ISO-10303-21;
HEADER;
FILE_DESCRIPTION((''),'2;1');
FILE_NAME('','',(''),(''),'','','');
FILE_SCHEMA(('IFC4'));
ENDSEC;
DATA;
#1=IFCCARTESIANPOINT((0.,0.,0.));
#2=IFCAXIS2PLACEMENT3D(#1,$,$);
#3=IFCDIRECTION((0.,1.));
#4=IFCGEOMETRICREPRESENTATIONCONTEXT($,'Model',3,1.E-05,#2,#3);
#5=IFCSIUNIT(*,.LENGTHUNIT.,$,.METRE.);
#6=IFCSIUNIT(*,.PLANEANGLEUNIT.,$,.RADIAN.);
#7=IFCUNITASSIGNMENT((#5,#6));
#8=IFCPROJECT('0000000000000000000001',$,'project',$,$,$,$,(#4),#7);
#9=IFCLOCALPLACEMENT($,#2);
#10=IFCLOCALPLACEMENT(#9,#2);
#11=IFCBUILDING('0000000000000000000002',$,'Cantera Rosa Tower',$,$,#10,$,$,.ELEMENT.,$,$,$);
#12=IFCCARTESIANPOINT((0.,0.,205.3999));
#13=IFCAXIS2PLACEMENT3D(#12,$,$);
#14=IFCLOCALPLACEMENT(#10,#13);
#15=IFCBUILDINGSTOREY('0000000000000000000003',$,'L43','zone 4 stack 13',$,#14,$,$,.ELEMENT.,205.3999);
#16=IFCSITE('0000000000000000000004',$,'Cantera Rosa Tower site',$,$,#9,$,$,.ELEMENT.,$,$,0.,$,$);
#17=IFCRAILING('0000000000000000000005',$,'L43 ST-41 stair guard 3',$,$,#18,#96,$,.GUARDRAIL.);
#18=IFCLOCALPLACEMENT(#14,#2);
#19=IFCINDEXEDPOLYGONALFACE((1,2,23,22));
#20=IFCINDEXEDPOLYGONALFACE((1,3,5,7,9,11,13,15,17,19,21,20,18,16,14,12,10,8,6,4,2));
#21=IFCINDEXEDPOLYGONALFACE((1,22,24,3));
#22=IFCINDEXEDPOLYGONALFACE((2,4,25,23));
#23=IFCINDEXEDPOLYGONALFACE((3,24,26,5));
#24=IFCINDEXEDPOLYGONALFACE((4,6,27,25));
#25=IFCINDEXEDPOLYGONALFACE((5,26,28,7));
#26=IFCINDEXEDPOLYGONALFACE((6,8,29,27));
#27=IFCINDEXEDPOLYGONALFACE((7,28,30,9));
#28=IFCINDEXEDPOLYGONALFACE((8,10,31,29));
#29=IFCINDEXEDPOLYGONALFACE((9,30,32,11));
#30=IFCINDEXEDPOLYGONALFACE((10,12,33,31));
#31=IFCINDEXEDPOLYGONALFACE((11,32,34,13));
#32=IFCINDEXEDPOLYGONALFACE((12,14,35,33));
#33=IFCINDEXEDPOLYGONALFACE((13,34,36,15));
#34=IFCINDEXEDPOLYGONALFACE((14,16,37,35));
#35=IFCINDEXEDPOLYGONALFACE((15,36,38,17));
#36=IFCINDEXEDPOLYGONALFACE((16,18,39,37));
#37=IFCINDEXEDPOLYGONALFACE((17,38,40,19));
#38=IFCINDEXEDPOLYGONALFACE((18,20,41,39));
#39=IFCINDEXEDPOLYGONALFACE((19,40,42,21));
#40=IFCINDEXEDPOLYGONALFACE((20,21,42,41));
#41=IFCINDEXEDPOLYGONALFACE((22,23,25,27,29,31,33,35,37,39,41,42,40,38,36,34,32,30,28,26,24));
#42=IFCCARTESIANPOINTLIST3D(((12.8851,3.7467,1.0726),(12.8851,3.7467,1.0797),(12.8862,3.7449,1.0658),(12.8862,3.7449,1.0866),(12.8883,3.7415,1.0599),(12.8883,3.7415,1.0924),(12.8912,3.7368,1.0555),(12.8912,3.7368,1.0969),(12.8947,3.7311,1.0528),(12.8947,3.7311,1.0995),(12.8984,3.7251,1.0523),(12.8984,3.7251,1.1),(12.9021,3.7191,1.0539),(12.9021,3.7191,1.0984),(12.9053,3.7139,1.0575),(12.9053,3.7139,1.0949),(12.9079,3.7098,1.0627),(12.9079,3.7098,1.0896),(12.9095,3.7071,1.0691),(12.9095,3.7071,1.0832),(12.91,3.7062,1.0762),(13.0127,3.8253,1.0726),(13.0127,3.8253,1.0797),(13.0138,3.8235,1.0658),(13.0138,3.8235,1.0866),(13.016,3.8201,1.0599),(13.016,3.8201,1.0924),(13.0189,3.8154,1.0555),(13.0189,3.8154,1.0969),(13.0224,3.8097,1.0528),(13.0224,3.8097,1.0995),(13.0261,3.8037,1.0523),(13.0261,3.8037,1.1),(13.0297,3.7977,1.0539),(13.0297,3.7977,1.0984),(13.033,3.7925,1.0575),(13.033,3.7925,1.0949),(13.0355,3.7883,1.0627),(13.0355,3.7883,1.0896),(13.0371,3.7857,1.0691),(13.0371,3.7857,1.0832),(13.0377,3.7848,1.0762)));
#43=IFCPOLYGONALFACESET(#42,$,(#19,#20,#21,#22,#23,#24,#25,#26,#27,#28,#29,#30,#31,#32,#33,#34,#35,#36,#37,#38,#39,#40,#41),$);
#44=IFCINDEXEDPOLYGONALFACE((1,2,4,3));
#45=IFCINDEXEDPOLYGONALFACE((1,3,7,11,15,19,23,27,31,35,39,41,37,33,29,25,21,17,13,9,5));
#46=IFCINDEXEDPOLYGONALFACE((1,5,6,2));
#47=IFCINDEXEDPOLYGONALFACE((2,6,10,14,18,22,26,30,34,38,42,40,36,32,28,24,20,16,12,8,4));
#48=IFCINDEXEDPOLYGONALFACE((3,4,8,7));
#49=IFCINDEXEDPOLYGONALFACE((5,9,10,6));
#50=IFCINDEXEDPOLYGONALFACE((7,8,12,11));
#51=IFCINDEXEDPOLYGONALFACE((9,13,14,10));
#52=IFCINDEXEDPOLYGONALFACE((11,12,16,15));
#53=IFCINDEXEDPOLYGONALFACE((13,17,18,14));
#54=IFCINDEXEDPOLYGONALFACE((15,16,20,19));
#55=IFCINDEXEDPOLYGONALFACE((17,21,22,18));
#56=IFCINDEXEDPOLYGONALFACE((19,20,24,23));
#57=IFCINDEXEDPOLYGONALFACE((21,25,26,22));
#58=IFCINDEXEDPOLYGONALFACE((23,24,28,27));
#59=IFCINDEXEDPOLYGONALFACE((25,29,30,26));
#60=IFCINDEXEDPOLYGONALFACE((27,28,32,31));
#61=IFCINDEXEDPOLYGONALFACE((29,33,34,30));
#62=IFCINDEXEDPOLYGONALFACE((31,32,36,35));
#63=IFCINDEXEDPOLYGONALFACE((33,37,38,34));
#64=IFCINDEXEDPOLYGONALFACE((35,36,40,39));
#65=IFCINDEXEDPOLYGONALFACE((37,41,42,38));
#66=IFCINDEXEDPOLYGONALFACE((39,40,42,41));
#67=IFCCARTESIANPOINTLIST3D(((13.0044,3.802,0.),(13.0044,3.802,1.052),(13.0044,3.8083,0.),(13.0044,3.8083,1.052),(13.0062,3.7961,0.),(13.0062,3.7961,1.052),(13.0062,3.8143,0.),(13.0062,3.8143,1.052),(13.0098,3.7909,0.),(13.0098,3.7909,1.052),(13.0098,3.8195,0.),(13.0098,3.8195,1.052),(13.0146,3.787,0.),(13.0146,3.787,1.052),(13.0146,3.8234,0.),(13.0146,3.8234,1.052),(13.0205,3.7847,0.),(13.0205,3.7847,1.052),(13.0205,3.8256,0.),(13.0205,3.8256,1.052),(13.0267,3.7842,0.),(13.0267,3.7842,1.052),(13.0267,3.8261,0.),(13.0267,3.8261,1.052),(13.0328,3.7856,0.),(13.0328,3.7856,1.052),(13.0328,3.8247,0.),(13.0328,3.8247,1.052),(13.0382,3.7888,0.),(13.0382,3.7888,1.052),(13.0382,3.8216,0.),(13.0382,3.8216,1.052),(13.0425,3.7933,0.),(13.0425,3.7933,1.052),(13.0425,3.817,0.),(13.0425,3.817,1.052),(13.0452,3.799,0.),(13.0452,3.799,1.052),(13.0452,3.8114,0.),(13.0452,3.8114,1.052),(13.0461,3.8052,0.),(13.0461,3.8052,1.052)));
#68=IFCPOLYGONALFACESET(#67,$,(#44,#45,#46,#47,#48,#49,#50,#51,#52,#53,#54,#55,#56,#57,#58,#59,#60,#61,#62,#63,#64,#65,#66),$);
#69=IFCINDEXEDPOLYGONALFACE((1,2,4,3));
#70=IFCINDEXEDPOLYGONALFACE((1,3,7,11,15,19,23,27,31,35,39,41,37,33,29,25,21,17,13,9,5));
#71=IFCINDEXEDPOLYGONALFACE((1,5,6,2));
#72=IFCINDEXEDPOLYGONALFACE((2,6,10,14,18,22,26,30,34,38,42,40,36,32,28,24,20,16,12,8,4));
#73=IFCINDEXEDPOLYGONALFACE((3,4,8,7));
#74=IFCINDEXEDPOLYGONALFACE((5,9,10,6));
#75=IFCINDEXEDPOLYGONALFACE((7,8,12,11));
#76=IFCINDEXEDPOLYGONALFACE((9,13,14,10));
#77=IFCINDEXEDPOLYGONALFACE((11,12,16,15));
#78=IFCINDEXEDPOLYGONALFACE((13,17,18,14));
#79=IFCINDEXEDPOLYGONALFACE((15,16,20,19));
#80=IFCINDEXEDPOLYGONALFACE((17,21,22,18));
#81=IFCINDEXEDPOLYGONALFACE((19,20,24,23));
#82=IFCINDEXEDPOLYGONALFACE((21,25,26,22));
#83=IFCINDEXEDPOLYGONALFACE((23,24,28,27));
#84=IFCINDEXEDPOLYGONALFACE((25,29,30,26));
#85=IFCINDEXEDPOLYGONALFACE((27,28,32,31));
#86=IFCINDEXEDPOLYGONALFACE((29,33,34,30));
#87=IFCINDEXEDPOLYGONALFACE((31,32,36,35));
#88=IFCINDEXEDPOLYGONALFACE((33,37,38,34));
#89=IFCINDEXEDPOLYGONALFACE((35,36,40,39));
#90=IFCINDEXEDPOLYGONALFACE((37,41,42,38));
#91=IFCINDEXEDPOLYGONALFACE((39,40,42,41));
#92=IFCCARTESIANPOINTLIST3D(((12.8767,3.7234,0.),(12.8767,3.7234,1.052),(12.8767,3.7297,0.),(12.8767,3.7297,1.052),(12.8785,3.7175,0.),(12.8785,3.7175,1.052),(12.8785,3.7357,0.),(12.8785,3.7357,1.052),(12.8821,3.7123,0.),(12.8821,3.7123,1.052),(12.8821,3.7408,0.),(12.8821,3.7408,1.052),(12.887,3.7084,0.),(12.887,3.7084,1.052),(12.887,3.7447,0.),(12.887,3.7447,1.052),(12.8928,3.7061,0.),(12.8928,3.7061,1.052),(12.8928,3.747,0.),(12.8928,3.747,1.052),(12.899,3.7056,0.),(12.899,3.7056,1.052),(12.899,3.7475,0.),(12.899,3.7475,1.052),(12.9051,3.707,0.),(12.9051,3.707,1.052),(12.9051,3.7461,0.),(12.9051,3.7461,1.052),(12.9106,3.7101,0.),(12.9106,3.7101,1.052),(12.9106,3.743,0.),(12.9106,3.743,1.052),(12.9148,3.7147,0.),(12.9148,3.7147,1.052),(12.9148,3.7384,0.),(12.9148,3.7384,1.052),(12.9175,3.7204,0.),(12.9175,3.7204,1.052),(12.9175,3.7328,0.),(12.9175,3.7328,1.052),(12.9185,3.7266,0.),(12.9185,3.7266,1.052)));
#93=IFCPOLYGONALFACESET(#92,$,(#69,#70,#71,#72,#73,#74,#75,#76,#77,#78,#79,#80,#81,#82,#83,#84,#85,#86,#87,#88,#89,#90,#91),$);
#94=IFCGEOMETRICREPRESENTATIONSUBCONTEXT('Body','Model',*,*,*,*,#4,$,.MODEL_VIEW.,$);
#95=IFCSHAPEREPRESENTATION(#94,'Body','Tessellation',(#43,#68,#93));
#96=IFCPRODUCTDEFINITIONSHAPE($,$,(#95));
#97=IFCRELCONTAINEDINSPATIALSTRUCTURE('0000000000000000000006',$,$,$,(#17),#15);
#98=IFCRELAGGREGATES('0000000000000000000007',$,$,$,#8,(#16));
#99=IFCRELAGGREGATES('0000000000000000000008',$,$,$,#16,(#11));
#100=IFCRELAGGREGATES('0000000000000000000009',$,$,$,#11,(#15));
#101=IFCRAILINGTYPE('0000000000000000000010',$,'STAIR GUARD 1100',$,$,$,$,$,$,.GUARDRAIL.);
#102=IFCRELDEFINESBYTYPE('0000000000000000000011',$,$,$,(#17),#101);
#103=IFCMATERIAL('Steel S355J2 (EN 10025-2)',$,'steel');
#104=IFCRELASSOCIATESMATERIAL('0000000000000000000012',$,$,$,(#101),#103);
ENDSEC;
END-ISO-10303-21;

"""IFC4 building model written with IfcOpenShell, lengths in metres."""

from ifc_helpers import new_model, si_unit, direction, frame, origin, origin_2d, place, context, subcontext, project, spatial, circle, extrude, material, type_object, element, save


model = new_model("IFC4")

# Units and contexts
model_context = context("Model", 3, precision=1e-05, world=origin(), true_north=direction((0.0, 1.0)))
body_context = subcontext(model_context, "Body", "Model", "MODEL_VIEW")
ifc_project = project(units=[si_unit("LENGTHUNIT", "METRE"), si_unit("PLANEANGLEUNIT", "RADIAN")], contexts=[model_context])

# Site, building, storey
site_placement = place(None, origin())
site = spatial("IfcSite", under=ifc_project, at=site_placement, Name="Cantera Rosa Tower site", CompositionType="ELEMENT", RefElevation=0.0)
building_placement = place(site_placement, origin())
building = spatial("IfcBuilding", under=site, at=building_placement, Name="Cantera Rosa Tower", CompositionType="ELEMENT")
storey_placement = place(building_placement, frame((0.0, 0.0, 205.3999)))
storey = spatial("IfcBuildingStorey", under=building, at=storey_placement, Name="L43", Description="zone 4 stack 13", CompositionType="ELEMENT", Elevation=205.3999)

# Railing
ifc_material_1 = material(Name="Steel S355J2 (EN 10025-2)", Category="steel")
railing_type_1 = type_object("IfcRailingType", Name="STAIR GUARD 1100", PredefinedType="GUARDRAIL", material=ifc_material_1)
railing_1_placement = place(storey_placement, frame((13.0251, 3.8052, 0.0)))
element("IfcRailing", 1, at=railing_1_placement, inside=storey, type_object=railing_type_1, Name="L43 ST-41 stair guard 3", PredefinedType="GUARDRAIL", context=body_context, shape_type="SweptSolid", body=[
    extrude(circle(Radius=0.0239, at=origin_2d()), frame((0.0, 0.0, 1.0762), z_axis=(-0.851546, -0.524279, 0.0), x_axis=(0.524279, -0.851546, 0.0)), (0.0, 0.0, 1.0), 0.1499),
    extrude(circle(Radius=0.021, at=origin_2d()), origin(), (0.0, 0.0, 1.0), 1.052),
    extrude(circle(Radius=0.021, at=origin_2d()), frame((-0.1277, -0.0786, 0.0)), (0.0, 0.0, 1.0), 1.052),
])

save(model, "model.ifc")
